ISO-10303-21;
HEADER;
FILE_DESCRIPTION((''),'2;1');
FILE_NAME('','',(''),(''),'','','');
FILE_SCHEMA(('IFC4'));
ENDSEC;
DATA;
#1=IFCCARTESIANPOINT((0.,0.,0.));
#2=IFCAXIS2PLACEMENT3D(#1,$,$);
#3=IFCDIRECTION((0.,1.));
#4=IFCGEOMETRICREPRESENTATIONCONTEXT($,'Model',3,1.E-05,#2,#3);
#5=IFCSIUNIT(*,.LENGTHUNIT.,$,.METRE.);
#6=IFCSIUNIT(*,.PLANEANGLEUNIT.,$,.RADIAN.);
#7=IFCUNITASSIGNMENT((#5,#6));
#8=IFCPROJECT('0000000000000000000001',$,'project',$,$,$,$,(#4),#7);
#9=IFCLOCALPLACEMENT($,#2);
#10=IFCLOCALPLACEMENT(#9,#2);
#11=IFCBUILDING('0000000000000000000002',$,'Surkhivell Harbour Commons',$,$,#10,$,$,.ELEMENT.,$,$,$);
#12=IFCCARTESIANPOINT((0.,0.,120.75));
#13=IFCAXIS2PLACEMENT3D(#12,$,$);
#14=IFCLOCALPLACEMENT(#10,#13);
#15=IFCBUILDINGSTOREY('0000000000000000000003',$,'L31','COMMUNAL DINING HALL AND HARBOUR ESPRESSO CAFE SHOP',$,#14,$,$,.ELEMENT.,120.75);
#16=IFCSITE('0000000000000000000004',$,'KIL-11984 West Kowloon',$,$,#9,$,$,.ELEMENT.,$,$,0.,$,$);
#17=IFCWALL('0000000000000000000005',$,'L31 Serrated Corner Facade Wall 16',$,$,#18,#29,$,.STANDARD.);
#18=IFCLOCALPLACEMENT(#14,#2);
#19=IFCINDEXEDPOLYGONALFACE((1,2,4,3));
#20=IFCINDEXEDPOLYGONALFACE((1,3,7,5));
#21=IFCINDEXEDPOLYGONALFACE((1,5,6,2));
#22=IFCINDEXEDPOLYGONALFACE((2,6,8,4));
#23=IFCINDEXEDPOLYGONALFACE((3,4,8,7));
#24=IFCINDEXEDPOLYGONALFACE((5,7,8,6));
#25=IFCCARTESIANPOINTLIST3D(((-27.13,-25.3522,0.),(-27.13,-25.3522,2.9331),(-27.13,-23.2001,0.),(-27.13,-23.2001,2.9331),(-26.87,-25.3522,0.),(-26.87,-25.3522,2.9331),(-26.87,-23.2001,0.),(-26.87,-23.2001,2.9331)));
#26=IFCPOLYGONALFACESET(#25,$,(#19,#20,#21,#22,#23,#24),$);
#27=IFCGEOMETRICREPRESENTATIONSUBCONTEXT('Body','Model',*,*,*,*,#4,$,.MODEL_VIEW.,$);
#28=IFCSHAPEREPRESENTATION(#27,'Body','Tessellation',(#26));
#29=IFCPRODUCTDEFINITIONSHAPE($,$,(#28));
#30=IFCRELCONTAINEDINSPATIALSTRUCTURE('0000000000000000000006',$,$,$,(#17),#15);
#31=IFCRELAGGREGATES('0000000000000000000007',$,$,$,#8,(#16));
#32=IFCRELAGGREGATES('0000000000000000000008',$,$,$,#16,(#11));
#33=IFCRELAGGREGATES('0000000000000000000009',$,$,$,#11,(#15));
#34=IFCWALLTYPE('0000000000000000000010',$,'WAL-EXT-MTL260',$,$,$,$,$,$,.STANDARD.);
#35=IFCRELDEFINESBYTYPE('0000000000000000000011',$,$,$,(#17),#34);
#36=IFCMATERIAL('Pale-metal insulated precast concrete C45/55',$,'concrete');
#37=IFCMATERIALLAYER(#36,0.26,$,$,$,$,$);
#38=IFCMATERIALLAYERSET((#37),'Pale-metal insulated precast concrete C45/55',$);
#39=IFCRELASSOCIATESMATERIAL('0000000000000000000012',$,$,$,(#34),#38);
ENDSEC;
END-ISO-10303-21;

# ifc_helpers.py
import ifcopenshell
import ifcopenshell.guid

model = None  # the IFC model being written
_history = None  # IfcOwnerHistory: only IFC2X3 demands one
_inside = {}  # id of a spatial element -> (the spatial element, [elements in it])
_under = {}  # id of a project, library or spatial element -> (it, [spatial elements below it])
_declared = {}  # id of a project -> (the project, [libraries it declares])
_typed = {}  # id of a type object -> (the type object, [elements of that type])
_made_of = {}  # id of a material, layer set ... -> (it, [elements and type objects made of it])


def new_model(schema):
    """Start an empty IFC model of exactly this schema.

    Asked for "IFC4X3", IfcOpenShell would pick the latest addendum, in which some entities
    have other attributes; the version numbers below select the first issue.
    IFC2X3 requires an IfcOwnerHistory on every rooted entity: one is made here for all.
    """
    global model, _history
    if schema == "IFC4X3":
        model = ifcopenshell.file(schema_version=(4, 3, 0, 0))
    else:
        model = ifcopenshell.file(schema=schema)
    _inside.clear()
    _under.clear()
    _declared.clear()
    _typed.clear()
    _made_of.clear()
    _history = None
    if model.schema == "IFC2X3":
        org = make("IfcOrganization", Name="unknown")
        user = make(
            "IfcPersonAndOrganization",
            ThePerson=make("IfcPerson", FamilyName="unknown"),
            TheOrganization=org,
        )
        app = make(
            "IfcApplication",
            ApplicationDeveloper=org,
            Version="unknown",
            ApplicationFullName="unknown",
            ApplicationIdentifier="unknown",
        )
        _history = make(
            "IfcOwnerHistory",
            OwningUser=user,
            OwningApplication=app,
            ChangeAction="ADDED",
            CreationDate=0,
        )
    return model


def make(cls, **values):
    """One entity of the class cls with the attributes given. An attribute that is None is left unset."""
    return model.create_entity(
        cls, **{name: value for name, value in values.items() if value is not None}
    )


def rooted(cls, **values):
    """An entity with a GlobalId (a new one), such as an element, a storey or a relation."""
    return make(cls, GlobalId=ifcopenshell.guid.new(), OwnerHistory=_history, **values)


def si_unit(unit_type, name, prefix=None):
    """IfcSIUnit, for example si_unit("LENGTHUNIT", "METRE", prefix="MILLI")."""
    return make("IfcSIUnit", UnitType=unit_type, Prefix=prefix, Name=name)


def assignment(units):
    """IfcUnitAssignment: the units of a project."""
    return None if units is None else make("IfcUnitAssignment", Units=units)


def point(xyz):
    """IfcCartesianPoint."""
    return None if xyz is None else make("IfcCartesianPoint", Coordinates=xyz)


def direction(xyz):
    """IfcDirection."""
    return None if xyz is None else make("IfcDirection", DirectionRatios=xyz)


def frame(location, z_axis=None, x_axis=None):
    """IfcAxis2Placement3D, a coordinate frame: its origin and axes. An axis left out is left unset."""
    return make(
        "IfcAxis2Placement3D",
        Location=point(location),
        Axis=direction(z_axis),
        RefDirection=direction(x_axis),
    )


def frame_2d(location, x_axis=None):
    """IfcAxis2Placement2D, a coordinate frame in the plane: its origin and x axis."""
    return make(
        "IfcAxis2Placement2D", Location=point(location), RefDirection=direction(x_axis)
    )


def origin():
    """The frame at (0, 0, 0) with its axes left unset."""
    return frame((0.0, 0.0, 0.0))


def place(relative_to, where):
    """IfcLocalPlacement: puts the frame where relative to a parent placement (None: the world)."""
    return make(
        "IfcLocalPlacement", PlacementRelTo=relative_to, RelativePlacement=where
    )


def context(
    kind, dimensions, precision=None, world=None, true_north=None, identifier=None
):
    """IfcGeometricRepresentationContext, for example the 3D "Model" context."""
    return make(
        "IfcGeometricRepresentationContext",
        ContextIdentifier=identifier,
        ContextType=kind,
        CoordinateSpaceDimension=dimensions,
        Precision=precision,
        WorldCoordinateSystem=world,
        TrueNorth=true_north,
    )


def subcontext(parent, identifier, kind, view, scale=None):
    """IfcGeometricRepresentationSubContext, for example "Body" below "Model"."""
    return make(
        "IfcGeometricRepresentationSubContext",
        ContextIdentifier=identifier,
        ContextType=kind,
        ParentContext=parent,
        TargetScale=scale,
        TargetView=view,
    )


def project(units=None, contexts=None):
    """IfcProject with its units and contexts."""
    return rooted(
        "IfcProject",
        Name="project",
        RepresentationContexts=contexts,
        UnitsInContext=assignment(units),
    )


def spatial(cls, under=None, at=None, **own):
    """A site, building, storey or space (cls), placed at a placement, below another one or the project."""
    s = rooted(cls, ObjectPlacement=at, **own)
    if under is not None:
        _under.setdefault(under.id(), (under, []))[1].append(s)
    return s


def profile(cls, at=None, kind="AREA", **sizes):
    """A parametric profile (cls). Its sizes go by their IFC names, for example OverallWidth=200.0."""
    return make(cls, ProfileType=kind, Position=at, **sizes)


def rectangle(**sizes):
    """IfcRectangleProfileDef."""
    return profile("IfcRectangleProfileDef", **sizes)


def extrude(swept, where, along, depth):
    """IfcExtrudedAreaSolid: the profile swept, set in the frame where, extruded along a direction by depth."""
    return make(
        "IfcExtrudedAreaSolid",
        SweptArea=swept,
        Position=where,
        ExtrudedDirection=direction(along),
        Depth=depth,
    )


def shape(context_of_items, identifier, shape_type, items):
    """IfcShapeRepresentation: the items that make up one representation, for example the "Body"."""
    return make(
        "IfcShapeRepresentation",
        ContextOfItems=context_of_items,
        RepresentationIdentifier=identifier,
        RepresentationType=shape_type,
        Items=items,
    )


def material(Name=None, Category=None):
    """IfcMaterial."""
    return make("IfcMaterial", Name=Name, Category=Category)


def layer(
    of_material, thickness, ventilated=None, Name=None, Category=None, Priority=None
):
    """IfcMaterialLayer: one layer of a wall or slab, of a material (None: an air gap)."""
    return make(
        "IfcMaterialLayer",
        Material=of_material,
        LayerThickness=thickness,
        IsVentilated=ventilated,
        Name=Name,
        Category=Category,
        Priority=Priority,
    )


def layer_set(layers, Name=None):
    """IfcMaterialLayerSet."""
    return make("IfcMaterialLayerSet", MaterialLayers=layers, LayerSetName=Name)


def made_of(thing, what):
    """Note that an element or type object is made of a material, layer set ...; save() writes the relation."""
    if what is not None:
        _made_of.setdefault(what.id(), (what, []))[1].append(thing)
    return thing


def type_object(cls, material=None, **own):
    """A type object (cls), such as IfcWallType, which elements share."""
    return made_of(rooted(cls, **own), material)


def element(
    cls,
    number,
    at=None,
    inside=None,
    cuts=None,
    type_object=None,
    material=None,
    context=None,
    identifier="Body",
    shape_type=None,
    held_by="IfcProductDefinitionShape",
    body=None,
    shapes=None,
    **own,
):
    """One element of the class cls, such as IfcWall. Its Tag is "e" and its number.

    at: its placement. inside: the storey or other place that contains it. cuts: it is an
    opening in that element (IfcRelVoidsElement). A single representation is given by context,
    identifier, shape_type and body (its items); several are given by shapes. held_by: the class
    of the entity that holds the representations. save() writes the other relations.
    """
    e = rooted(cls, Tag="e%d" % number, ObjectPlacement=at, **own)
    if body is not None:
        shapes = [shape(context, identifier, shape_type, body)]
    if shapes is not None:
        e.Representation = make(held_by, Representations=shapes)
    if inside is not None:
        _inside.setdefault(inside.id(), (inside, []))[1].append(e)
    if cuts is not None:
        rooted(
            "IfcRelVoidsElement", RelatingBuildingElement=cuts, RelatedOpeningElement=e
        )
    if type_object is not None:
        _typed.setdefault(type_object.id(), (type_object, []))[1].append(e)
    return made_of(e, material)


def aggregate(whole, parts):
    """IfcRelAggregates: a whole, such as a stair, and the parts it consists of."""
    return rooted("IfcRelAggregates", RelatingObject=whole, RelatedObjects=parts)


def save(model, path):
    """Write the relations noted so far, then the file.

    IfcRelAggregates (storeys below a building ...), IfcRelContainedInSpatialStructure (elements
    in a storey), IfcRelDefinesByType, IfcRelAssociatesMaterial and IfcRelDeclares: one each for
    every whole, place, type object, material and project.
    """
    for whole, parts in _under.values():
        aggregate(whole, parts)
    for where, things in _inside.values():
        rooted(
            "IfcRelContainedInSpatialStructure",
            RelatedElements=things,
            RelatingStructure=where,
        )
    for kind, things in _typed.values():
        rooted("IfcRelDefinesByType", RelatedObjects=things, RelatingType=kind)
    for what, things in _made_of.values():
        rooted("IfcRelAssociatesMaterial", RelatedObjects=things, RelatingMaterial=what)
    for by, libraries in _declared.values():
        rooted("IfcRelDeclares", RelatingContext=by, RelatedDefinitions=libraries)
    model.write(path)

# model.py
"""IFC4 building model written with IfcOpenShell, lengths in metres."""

from ifc_helpers import new_model, si_unit, direction, frame, frame_2d, origin, place, context, subcontext, project, spatial, rectangle, extrude, material, layer, layer_set, type_object, element, save


model = new_model("IFC4")

# Units and contexts
model_context = context("Model", 3, precision=1e-05, world=origin(), true_north=direction((0.0, 1.0)))
body_context = subcontext(model_context, "Body", "Model", "MODEL_VIEW")
ifc_project = project(units=[si_unit("LENGTHUNIT", "METRE"), si_unit("PLANEANGLEUNIT", "RADIAN")], contexts=[model_context])

# Site, building, storey
site_placement = place(None, origin())
site = spatial("IfcSite", under=ifc_project, at=site_placement, Name="KIL-11984 West Kowloon", CompositionType="ELEMENT", RefElevation=0.0)
building_placement = place(site_placement, origin())
building = spatial("IfcBuilding", under=site, at=building_placement, Name="Surkhivell Harbour Commons", CompositionType="ELEMENT")
storey_placement = place(building_placement, frame((0.0, 0.0, 120.75)))
storey = spatial("IfcBuildingStorey", under=building, at=storey_placement, Name="L31", Description="COMMUNAL DINING HALL AND HARBOUR ESPRESSO CAFE SHOP", CompositionType="ELEMENT", Elevation=120.75)

# Wall
ifc_material_1 = material(Name="Pale-metal insulated precast concrete C45/55", Category="concrete")
ifc_layer_1 = layer(ifc_material_1, 0.26)
ifc_layer_set_1 = layer_set([ifc_layer_1], Name="Pale-metal insulated precast concrete C45/55")
wall_type = type_object("IfcWallType", Name="WAL-EXT-MTL260", PredefinedType="STANDARD", material=ifc_layer_set_1)
wall_1_placement = place(storey_placement, frame((-27.0, -23.2, 0.0), z_axis=(0.0, 0.0, 1.0), x_axis=(0.0, -1.0, 0.0)))
element("IfcWall", 1, at=wall_1_placement, inside=storey, type_object=wall_type, Name="L31 Serrated Corner Facade Wall 16", PredefinedType="STANDARD", context=body_context, shape_type="SweptSolid", body=[
    extrude(rectangle(XDim=2.1521, YDim=0.26, at=frame_2d((1.0762, 0.0))), origin(), (0.0, 0.0, 1.0), 2.9331),
])

save(model, "model.ifc")
